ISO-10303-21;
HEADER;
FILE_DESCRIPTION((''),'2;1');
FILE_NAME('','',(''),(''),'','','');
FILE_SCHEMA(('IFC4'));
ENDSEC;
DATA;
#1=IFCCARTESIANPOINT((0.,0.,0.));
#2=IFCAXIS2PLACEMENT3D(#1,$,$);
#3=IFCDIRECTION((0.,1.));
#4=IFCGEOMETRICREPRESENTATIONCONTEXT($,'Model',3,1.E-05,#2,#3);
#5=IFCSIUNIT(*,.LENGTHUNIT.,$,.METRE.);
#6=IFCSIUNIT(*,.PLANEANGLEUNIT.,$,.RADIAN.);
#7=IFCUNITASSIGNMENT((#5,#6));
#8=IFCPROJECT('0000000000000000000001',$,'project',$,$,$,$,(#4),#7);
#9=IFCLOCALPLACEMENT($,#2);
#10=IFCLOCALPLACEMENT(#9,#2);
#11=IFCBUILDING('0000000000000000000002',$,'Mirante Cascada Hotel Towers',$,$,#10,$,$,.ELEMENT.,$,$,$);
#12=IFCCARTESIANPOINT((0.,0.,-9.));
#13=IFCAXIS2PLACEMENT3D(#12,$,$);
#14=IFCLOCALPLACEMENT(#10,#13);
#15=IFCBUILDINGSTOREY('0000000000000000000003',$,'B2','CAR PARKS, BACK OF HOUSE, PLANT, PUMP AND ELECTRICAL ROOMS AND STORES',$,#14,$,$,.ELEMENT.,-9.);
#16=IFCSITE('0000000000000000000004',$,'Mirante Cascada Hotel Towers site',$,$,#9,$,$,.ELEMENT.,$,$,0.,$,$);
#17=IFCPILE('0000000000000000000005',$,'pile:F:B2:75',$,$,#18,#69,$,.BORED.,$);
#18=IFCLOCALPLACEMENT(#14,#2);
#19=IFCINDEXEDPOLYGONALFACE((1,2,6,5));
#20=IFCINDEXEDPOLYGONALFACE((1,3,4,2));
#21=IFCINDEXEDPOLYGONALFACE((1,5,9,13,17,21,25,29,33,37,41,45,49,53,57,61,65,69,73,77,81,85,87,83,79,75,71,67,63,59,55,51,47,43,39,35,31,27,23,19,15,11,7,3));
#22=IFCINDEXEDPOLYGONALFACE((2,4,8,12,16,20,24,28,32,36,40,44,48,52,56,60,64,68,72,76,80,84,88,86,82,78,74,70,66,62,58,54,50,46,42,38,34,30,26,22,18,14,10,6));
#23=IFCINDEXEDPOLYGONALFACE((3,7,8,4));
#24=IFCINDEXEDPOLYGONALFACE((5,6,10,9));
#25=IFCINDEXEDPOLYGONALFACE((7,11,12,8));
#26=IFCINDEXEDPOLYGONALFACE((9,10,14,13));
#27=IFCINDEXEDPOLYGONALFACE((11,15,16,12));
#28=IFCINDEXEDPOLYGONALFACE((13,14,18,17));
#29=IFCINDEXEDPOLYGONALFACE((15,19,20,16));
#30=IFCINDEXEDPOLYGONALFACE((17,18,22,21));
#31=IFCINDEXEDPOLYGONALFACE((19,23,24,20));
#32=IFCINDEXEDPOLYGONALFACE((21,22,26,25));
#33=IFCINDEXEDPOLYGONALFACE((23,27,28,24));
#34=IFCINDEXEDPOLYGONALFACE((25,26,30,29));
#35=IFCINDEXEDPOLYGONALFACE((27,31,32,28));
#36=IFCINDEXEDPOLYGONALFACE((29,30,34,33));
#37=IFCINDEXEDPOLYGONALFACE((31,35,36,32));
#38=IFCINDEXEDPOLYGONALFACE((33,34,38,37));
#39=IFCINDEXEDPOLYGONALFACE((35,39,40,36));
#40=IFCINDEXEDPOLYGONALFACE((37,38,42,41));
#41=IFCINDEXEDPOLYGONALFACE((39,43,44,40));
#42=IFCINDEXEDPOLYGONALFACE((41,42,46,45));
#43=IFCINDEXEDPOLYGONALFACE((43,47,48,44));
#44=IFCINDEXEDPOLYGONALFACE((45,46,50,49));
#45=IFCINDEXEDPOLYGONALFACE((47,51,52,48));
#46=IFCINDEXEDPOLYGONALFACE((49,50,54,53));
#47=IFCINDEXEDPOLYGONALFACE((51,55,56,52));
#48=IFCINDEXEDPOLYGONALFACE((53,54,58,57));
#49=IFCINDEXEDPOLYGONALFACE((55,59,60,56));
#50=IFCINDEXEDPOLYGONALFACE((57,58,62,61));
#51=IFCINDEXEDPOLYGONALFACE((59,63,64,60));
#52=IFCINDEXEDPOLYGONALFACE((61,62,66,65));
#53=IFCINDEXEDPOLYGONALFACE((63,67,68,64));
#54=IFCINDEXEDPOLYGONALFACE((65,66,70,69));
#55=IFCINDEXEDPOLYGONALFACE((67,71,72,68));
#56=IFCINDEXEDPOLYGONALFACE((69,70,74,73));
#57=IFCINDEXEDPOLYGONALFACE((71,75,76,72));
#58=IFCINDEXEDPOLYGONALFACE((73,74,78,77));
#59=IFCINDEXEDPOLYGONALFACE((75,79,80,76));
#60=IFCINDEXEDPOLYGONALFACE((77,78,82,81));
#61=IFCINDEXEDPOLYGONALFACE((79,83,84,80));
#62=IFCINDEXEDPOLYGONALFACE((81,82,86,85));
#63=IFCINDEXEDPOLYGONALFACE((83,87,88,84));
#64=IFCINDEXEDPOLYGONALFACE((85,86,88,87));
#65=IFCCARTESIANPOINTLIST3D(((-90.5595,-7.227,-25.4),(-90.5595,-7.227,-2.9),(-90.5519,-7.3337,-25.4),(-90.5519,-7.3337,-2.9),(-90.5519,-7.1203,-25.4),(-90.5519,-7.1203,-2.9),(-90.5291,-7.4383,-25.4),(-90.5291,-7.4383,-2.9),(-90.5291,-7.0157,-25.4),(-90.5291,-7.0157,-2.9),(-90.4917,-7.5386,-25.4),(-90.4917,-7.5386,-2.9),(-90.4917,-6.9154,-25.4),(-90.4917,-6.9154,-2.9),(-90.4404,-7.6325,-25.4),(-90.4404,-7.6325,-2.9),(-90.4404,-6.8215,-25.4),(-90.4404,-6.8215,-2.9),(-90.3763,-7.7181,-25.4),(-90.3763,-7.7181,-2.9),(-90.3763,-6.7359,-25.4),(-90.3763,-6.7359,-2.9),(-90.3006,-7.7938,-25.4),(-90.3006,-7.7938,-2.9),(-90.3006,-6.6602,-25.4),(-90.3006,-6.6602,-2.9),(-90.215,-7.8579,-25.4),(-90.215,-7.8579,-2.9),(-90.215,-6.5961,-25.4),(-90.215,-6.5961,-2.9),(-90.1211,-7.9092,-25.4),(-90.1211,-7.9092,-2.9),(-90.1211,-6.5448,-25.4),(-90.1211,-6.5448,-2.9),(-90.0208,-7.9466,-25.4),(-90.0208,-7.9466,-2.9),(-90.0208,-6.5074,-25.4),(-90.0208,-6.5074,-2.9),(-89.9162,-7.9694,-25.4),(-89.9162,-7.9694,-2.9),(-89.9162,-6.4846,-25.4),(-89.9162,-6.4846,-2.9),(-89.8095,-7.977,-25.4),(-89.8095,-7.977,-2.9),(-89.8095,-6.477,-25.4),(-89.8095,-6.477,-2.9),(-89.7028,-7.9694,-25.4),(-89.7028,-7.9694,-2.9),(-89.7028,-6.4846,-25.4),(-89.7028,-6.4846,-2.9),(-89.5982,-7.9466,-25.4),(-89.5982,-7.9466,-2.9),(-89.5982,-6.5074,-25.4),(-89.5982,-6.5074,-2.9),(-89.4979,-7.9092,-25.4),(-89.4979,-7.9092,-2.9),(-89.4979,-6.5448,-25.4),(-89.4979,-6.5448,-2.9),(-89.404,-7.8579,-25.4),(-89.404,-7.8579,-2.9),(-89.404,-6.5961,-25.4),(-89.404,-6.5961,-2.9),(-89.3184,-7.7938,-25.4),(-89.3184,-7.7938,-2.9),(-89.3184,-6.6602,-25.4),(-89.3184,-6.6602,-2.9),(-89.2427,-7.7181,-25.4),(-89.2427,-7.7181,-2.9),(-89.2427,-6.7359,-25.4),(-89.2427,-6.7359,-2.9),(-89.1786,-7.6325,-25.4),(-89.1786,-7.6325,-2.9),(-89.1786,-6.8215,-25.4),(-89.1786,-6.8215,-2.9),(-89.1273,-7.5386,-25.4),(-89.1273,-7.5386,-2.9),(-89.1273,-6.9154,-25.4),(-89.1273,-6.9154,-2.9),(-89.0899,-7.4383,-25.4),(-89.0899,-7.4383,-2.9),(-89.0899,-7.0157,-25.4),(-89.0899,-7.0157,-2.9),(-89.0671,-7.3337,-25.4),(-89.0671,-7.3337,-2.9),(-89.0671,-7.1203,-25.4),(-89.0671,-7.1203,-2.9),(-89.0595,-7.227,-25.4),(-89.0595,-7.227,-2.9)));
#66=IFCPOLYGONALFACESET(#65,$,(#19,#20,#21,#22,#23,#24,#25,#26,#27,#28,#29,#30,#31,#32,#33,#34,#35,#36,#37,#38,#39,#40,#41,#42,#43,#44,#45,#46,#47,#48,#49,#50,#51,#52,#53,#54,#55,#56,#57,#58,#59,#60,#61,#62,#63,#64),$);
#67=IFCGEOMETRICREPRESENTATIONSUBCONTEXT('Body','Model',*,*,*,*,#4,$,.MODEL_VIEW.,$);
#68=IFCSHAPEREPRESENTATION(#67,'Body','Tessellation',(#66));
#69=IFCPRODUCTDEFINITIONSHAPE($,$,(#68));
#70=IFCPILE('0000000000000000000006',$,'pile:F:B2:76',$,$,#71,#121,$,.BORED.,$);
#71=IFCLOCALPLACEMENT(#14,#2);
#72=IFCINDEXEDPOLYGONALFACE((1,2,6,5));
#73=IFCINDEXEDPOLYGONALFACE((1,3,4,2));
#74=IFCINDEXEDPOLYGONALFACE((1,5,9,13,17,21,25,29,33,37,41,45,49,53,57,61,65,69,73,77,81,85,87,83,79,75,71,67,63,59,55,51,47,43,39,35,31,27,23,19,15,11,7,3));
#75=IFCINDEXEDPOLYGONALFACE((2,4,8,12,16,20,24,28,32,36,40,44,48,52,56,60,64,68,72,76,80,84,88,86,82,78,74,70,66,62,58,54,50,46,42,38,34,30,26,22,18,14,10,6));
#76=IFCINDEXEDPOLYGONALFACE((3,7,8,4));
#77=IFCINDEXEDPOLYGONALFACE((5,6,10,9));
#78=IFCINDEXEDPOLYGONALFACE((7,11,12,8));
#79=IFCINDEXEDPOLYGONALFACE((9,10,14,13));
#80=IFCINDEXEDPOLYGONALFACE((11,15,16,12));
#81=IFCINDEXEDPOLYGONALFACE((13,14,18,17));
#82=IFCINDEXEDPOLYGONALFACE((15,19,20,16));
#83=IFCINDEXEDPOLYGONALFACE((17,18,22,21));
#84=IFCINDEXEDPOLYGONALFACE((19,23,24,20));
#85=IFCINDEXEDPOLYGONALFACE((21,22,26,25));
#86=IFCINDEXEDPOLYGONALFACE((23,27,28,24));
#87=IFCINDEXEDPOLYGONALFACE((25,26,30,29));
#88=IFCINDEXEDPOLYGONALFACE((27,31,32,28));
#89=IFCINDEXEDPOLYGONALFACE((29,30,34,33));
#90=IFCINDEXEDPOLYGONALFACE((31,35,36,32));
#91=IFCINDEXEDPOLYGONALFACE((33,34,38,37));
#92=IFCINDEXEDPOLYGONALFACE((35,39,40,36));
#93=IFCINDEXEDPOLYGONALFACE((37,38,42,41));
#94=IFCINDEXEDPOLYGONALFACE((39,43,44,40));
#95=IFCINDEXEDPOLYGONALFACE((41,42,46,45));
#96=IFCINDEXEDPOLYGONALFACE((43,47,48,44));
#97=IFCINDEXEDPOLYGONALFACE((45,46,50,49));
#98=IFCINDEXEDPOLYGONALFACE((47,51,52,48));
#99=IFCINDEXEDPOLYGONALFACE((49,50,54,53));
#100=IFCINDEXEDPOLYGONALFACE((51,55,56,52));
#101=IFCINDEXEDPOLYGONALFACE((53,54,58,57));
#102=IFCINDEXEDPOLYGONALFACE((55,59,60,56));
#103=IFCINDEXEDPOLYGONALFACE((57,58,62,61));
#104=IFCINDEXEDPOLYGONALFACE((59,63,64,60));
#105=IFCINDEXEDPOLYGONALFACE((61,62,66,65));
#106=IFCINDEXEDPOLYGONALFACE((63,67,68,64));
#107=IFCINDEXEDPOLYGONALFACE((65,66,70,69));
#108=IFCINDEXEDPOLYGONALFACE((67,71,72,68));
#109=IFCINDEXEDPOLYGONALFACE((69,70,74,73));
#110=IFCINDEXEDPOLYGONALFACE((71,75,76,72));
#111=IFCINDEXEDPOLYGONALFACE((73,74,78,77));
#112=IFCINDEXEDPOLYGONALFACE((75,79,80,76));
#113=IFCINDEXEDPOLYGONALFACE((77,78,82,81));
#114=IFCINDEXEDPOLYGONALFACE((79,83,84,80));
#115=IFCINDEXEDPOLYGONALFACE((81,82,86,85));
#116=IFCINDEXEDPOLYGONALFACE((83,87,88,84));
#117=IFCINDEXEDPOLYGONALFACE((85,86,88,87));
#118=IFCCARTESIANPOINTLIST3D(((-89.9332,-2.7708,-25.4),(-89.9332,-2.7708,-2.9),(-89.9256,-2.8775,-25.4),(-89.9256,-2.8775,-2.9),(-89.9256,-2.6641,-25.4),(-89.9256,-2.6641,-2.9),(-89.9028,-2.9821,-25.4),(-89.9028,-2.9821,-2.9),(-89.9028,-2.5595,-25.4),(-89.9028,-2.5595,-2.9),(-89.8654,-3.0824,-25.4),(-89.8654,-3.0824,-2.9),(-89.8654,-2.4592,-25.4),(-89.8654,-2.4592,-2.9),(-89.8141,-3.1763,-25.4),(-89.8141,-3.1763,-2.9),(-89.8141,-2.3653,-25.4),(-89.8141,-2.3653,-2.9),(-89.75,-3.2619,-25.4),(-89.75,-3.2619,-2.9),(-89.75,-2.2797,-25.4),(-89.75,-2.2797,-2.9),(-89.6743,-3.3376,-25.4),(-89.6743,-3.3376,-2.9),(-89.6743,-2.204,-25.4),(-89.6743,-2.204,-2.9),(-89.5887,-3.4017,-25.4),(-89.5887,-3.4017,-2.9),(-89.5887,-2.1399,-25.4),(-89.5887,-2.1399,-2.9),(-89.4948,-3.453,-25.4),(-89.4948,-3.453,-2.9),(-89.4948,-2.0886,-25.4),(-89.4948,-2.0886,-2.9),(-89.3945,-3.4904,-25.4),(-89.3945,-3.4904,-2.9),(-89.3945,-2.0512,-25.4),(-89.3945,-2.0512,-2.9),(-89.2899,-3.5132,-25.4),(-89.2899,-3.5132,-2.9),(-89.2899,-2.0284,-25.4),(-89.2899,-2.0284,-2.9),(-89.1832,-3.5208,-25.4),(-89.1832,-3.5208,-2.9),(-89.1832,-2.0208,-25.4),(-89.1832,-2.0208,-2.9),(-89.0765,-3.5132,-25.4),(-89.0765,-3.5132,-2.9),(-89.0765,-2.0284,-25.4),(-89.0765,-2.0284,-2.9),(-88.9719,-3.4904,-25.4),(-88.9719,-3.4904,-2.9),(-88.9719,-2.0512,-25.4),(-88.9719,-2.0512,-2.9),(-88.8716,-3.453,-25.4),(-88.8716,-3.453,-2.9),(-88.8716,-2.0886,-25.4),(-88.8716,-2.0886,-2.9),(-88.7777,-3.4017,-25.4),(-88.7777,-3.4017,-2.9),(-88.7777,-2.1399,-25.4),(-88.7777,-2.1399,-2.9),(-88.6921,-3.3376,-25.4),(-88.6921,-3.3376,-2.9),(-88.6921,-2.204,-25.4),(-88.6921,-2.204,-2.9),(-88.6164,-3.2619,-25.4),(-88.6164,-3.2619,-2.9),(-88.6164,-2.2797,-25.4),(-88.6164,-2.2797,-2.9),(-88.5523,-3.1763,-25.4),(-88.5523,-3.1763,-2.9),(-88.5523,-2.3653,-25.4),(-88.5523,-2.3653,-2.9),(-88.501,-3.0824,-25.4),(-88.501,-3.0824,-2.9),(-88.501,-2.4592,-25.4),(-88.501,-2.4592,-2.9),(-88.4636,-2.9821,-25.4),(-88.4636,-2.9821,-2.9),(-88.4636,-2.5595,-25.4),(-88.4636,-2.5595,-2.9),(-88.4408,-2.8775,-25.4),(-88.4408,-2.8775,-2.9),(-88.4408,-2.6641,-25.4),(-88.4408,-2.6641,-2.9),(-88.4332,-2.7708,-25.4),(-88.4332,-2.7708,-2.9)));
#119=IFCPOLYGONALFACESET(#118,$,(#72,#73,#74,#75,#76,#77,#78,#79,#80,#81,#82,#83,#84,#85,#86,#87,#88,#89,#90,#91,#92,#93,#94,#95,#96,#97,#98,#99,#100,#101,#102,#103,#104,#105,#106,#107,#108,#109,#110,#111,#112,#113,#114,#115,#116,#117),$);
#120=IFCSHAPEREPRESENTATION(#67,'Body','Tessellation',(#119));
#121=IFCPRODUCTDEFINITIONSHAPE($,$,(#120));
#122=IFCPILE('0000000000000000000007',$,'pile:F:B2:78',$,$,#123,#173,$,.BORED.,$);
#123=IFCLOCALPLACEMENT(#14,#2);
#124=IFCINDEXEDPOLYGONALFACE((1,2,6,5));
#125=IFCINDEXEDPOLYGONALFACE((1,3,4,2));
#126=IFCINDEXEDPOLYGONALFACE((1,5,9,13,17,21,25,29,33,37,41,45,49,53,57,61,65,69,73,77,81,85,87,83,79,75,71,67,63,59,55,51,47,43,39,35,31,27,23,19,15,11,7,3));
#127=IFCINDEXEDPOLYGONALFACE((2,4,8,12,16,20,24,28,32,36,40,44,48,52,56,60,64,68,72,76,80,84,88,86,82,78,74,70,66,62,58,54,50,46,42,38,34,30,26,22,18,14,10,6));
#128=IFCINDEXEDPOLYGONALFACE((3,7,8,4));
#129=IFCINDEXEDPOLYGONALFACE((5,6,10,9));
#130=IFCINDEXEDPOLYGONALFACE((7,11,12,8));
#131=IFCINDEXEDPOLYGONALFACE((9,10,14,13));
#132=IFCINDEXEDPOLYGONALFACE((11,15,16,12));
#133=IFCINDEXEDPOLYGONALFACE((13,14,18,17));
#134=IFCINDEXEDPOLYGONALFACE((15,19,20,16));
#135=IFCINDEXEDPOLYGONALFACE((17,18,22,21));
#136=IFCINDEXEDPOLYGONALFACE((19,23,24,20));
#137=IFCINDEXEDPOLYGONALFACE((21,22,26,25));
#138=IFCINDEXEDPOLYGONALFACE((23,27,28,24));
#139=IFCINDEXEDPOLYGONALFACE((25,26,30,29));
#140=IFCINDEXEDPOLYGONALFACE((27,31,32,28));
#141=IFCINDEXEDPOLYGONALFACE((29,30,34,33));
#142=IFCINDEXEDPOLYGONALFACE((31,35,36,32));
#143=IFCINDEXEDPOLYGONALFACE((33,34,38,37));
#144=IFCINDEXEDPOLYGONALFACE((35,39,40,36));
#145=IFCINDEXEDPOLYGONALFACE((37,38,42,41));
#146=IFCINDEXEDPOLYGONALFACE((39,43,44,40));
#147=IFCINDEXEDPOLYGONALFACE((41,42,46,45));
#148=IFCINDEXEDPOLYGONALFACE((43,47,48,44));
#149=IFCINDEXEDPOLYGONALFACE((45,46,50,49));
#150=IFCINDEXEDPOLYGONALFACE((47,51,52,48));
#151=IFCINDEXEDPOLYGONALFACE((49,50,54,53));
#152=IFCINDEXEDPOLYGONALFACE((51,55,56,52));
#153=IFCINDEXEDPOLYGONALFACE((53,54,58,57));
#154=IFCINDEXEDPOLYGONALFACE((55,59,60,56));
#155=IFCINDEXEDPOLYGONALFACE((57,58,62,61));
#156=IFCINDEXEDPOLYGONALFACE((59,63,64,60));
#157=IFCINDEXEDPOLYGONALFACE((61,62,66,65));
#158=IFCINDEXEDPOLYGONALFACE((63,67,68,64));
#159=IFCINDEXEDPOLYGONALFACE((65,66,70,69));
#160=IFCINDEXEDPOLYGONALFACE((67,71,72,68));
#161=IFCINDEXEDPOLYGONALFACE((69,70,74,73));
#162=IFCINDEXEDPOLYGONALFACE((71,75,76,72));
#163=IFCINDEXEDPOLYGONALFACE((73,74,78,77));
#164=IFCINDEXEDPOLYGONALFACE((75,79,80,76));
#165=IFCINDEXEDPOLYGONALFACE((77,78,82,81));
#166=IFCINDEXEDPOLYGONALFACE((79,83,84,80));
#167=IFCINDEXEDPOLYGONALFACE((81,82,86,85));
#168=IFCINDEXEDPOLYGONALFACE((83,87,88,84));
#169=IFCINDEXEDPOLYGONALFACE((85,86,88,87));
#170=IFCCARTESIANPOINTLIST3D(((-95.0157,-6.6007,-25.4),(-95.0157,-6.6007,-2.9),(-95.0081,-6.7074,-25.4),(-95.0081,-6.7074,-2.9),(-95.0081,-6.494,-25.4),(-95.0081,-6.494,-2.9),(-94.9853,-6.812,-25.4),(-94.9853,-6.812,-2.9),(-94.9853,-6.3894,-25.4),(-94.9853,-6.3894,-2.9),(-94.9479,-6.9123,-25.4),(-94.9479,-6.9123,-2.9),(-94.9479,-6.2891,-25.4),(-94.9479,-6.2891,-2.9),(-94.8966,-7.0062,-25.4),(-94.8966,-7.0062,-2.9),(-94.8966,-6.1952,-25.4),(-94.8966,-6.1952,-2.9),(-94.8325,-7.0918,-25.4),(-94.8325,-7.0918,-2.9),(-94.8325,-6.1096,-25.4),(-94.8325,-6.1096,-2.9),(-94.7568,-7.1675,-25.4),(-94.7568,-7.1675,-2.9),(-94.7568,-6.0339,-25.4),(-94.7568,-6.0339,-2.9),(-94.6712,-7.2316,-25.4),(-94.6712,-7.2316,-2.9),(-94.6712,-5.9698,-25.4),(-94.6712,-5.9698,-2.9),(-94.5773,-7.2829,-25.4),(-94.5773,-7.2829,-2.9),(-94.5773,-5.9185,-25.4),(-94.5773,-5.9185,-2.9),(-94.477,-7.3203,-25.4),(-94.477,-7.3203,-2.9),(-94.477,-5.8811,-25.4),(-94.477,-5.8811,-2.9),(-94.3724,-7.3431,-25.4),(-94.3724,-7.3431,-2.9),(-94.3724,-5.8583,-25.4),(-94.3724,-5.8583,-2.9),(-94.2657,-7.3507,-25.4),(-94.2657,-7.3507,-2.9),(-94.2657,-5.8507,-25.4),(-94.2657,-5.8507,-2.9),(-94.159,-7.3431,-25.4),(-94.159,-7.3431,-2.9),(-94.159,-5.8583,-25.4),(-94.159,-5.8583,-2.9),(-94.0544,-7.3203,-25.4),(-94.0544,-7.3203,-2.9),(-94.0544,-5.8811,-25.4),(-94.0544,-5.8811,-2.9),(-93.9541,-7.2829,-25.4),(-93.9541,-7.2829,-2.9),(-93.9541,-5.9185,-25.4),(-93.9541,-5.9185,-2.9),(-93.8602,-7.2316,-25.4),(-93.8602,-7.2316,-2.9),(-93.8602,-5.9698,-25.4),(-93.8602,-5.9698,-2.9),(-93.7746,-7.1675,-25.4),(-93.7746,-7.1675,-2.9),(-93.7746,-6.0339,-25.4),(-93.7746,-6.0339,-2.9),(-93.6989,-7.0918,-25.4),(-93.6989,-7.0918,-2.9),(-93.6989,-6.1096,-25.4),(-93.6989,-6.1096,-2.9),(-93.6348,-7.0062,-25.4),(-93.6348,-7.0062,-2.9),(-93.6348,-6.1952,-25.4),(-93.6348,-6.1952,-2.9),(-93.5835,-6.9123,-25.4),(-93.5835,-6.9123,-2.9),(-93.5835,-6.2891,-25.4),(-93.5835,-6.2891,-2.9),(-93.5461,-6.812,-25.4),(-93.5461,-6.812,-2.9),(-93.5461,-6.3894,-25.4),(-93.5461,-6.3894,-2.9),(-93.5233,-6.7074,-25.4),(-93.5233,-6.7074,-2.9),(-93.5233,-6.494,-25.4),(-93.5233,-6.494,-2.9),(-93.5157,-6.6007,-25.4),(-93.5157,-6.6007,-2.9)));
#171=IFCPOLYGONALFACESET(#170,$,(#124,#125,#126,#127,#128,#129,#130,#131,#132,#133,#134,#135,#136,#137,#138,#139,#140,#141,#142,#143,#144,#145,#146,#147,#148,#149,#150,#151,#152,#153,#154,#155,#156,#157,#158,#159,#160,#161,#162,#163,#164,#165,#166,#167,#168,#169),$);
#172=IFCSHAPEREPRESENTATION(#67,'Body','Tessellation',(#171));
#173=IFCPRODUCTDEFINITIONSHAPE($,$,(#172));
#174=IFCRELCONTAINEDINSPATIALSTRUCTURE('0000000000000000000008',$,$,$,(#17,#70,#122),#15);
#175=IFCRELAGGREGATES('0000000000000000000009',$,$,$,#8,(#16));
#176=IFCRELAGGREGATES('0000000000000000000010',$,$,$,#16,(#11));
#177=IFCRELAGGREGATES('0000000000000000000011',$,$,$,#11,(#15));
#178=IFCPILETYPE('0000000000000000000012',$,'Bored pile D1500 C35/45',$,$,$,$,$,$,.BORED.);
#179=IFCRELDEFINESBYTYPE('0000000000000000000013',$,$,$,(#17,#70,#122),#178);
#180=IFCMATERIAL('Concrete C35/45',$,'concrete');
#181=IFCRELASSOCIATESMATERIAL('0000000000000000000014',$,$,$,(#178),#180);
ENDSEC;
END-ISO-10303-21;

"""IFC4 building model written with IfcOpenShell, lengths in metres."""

from ifc_helpers import new_model, si_unit, direction, frame, origin, origin_2d, place, context, subcontext, project, spatial, circle, extrude, material, material_profile, profile_set, type_object, element, save


model = new_model("IFC4")

# Units and contexts
model_context = context("Model", 3, precision=1e-05, world=origin(), true_north=direction((0.0, 1.0)))
body_context = subcontext(model_context, "Body", "Model", "MODEL_VIEW")
ifc_project = project(units=[si_unit("LENGTHUNIT", "METRE"), si_unit("PLANEANGLEUNIT", "RADIAN")], contexts=[model_context])

# Site, building, storey
site_placement = place(None, origin())
site = spatial("IfcSite", under=ifc_project, at=site_placement, Name="Mirante Cascada Hotel Towers site", CompositionType="ELEMENT", RefElevation=0.0)
building_placement = place(site_placement, origin())
building = spatial("IfcBuilding", under=site, at=building_placement, Name="Mirante Cascada Hotel Towers", CompositionType="ELEMENT")
storey_placement = place(building_placement, frame((0.0, 0.0, -9.0)))
storey = spatial("IfcBuildingStorey", under=building, at=storey_placement, Name="B2", Description="CAR PARKS, BACK OF HOUSE, PLANT, PUMP AND ELECTRICAL ROOMS AND STORES", CompositionType="ELEMENT", Elevation=-9.0)

# Piles
ifc_material_1 = material(Name="Concrete C35/45", Category="concrete")
ifc_material_profile_1 = material_profile(ifc_material_1, circle(Radius=0.75, at=origin_2d()), Name="RC D1500")
ifc_profile_set_1 = profile_set([ifc_material_profile_1], Name="Concrete C35/45")
pile_type = type_object("IfcPileType", Name="Bored pile D1500 C35/45", PredefinedType="BORED", material=ifc_profile_set_1)
for number, where, z_axis, x_axis, name in (
    (1, (-89.8095, -7.227, -2.9), (0.0, 0.0, -1.0), (1.0, 0.0, 0.0), "pile:F:B2:75"),
    (2, (-89.1832, -2.7708, -2.9), (0.0, 0.0, -1.0), (1.0, 0.0, 0.0), "pile:F:B2:76"),
    (3, (-94.2657, -6.6007, -2.9), (0.0, 0.0, -1.0), (1.0, 0.0, 0.0), "pile:F:B2:78"),
):
    element("IfcPile", number, at=place(storey_placement, frame(where, z_axis=z_axis, x_axis=x_axis)), inside=storey, type_object=pile_type, Name=name, PredefinedType="BORED", context=body_context, shape_type="SweptSolid", body=[
        extrude(circle(Radius=0.75, at=origin_2d()), origin(), (0.0, 0.0, 1.0), 22.5),
    ])

save(model, "model.ifc")
